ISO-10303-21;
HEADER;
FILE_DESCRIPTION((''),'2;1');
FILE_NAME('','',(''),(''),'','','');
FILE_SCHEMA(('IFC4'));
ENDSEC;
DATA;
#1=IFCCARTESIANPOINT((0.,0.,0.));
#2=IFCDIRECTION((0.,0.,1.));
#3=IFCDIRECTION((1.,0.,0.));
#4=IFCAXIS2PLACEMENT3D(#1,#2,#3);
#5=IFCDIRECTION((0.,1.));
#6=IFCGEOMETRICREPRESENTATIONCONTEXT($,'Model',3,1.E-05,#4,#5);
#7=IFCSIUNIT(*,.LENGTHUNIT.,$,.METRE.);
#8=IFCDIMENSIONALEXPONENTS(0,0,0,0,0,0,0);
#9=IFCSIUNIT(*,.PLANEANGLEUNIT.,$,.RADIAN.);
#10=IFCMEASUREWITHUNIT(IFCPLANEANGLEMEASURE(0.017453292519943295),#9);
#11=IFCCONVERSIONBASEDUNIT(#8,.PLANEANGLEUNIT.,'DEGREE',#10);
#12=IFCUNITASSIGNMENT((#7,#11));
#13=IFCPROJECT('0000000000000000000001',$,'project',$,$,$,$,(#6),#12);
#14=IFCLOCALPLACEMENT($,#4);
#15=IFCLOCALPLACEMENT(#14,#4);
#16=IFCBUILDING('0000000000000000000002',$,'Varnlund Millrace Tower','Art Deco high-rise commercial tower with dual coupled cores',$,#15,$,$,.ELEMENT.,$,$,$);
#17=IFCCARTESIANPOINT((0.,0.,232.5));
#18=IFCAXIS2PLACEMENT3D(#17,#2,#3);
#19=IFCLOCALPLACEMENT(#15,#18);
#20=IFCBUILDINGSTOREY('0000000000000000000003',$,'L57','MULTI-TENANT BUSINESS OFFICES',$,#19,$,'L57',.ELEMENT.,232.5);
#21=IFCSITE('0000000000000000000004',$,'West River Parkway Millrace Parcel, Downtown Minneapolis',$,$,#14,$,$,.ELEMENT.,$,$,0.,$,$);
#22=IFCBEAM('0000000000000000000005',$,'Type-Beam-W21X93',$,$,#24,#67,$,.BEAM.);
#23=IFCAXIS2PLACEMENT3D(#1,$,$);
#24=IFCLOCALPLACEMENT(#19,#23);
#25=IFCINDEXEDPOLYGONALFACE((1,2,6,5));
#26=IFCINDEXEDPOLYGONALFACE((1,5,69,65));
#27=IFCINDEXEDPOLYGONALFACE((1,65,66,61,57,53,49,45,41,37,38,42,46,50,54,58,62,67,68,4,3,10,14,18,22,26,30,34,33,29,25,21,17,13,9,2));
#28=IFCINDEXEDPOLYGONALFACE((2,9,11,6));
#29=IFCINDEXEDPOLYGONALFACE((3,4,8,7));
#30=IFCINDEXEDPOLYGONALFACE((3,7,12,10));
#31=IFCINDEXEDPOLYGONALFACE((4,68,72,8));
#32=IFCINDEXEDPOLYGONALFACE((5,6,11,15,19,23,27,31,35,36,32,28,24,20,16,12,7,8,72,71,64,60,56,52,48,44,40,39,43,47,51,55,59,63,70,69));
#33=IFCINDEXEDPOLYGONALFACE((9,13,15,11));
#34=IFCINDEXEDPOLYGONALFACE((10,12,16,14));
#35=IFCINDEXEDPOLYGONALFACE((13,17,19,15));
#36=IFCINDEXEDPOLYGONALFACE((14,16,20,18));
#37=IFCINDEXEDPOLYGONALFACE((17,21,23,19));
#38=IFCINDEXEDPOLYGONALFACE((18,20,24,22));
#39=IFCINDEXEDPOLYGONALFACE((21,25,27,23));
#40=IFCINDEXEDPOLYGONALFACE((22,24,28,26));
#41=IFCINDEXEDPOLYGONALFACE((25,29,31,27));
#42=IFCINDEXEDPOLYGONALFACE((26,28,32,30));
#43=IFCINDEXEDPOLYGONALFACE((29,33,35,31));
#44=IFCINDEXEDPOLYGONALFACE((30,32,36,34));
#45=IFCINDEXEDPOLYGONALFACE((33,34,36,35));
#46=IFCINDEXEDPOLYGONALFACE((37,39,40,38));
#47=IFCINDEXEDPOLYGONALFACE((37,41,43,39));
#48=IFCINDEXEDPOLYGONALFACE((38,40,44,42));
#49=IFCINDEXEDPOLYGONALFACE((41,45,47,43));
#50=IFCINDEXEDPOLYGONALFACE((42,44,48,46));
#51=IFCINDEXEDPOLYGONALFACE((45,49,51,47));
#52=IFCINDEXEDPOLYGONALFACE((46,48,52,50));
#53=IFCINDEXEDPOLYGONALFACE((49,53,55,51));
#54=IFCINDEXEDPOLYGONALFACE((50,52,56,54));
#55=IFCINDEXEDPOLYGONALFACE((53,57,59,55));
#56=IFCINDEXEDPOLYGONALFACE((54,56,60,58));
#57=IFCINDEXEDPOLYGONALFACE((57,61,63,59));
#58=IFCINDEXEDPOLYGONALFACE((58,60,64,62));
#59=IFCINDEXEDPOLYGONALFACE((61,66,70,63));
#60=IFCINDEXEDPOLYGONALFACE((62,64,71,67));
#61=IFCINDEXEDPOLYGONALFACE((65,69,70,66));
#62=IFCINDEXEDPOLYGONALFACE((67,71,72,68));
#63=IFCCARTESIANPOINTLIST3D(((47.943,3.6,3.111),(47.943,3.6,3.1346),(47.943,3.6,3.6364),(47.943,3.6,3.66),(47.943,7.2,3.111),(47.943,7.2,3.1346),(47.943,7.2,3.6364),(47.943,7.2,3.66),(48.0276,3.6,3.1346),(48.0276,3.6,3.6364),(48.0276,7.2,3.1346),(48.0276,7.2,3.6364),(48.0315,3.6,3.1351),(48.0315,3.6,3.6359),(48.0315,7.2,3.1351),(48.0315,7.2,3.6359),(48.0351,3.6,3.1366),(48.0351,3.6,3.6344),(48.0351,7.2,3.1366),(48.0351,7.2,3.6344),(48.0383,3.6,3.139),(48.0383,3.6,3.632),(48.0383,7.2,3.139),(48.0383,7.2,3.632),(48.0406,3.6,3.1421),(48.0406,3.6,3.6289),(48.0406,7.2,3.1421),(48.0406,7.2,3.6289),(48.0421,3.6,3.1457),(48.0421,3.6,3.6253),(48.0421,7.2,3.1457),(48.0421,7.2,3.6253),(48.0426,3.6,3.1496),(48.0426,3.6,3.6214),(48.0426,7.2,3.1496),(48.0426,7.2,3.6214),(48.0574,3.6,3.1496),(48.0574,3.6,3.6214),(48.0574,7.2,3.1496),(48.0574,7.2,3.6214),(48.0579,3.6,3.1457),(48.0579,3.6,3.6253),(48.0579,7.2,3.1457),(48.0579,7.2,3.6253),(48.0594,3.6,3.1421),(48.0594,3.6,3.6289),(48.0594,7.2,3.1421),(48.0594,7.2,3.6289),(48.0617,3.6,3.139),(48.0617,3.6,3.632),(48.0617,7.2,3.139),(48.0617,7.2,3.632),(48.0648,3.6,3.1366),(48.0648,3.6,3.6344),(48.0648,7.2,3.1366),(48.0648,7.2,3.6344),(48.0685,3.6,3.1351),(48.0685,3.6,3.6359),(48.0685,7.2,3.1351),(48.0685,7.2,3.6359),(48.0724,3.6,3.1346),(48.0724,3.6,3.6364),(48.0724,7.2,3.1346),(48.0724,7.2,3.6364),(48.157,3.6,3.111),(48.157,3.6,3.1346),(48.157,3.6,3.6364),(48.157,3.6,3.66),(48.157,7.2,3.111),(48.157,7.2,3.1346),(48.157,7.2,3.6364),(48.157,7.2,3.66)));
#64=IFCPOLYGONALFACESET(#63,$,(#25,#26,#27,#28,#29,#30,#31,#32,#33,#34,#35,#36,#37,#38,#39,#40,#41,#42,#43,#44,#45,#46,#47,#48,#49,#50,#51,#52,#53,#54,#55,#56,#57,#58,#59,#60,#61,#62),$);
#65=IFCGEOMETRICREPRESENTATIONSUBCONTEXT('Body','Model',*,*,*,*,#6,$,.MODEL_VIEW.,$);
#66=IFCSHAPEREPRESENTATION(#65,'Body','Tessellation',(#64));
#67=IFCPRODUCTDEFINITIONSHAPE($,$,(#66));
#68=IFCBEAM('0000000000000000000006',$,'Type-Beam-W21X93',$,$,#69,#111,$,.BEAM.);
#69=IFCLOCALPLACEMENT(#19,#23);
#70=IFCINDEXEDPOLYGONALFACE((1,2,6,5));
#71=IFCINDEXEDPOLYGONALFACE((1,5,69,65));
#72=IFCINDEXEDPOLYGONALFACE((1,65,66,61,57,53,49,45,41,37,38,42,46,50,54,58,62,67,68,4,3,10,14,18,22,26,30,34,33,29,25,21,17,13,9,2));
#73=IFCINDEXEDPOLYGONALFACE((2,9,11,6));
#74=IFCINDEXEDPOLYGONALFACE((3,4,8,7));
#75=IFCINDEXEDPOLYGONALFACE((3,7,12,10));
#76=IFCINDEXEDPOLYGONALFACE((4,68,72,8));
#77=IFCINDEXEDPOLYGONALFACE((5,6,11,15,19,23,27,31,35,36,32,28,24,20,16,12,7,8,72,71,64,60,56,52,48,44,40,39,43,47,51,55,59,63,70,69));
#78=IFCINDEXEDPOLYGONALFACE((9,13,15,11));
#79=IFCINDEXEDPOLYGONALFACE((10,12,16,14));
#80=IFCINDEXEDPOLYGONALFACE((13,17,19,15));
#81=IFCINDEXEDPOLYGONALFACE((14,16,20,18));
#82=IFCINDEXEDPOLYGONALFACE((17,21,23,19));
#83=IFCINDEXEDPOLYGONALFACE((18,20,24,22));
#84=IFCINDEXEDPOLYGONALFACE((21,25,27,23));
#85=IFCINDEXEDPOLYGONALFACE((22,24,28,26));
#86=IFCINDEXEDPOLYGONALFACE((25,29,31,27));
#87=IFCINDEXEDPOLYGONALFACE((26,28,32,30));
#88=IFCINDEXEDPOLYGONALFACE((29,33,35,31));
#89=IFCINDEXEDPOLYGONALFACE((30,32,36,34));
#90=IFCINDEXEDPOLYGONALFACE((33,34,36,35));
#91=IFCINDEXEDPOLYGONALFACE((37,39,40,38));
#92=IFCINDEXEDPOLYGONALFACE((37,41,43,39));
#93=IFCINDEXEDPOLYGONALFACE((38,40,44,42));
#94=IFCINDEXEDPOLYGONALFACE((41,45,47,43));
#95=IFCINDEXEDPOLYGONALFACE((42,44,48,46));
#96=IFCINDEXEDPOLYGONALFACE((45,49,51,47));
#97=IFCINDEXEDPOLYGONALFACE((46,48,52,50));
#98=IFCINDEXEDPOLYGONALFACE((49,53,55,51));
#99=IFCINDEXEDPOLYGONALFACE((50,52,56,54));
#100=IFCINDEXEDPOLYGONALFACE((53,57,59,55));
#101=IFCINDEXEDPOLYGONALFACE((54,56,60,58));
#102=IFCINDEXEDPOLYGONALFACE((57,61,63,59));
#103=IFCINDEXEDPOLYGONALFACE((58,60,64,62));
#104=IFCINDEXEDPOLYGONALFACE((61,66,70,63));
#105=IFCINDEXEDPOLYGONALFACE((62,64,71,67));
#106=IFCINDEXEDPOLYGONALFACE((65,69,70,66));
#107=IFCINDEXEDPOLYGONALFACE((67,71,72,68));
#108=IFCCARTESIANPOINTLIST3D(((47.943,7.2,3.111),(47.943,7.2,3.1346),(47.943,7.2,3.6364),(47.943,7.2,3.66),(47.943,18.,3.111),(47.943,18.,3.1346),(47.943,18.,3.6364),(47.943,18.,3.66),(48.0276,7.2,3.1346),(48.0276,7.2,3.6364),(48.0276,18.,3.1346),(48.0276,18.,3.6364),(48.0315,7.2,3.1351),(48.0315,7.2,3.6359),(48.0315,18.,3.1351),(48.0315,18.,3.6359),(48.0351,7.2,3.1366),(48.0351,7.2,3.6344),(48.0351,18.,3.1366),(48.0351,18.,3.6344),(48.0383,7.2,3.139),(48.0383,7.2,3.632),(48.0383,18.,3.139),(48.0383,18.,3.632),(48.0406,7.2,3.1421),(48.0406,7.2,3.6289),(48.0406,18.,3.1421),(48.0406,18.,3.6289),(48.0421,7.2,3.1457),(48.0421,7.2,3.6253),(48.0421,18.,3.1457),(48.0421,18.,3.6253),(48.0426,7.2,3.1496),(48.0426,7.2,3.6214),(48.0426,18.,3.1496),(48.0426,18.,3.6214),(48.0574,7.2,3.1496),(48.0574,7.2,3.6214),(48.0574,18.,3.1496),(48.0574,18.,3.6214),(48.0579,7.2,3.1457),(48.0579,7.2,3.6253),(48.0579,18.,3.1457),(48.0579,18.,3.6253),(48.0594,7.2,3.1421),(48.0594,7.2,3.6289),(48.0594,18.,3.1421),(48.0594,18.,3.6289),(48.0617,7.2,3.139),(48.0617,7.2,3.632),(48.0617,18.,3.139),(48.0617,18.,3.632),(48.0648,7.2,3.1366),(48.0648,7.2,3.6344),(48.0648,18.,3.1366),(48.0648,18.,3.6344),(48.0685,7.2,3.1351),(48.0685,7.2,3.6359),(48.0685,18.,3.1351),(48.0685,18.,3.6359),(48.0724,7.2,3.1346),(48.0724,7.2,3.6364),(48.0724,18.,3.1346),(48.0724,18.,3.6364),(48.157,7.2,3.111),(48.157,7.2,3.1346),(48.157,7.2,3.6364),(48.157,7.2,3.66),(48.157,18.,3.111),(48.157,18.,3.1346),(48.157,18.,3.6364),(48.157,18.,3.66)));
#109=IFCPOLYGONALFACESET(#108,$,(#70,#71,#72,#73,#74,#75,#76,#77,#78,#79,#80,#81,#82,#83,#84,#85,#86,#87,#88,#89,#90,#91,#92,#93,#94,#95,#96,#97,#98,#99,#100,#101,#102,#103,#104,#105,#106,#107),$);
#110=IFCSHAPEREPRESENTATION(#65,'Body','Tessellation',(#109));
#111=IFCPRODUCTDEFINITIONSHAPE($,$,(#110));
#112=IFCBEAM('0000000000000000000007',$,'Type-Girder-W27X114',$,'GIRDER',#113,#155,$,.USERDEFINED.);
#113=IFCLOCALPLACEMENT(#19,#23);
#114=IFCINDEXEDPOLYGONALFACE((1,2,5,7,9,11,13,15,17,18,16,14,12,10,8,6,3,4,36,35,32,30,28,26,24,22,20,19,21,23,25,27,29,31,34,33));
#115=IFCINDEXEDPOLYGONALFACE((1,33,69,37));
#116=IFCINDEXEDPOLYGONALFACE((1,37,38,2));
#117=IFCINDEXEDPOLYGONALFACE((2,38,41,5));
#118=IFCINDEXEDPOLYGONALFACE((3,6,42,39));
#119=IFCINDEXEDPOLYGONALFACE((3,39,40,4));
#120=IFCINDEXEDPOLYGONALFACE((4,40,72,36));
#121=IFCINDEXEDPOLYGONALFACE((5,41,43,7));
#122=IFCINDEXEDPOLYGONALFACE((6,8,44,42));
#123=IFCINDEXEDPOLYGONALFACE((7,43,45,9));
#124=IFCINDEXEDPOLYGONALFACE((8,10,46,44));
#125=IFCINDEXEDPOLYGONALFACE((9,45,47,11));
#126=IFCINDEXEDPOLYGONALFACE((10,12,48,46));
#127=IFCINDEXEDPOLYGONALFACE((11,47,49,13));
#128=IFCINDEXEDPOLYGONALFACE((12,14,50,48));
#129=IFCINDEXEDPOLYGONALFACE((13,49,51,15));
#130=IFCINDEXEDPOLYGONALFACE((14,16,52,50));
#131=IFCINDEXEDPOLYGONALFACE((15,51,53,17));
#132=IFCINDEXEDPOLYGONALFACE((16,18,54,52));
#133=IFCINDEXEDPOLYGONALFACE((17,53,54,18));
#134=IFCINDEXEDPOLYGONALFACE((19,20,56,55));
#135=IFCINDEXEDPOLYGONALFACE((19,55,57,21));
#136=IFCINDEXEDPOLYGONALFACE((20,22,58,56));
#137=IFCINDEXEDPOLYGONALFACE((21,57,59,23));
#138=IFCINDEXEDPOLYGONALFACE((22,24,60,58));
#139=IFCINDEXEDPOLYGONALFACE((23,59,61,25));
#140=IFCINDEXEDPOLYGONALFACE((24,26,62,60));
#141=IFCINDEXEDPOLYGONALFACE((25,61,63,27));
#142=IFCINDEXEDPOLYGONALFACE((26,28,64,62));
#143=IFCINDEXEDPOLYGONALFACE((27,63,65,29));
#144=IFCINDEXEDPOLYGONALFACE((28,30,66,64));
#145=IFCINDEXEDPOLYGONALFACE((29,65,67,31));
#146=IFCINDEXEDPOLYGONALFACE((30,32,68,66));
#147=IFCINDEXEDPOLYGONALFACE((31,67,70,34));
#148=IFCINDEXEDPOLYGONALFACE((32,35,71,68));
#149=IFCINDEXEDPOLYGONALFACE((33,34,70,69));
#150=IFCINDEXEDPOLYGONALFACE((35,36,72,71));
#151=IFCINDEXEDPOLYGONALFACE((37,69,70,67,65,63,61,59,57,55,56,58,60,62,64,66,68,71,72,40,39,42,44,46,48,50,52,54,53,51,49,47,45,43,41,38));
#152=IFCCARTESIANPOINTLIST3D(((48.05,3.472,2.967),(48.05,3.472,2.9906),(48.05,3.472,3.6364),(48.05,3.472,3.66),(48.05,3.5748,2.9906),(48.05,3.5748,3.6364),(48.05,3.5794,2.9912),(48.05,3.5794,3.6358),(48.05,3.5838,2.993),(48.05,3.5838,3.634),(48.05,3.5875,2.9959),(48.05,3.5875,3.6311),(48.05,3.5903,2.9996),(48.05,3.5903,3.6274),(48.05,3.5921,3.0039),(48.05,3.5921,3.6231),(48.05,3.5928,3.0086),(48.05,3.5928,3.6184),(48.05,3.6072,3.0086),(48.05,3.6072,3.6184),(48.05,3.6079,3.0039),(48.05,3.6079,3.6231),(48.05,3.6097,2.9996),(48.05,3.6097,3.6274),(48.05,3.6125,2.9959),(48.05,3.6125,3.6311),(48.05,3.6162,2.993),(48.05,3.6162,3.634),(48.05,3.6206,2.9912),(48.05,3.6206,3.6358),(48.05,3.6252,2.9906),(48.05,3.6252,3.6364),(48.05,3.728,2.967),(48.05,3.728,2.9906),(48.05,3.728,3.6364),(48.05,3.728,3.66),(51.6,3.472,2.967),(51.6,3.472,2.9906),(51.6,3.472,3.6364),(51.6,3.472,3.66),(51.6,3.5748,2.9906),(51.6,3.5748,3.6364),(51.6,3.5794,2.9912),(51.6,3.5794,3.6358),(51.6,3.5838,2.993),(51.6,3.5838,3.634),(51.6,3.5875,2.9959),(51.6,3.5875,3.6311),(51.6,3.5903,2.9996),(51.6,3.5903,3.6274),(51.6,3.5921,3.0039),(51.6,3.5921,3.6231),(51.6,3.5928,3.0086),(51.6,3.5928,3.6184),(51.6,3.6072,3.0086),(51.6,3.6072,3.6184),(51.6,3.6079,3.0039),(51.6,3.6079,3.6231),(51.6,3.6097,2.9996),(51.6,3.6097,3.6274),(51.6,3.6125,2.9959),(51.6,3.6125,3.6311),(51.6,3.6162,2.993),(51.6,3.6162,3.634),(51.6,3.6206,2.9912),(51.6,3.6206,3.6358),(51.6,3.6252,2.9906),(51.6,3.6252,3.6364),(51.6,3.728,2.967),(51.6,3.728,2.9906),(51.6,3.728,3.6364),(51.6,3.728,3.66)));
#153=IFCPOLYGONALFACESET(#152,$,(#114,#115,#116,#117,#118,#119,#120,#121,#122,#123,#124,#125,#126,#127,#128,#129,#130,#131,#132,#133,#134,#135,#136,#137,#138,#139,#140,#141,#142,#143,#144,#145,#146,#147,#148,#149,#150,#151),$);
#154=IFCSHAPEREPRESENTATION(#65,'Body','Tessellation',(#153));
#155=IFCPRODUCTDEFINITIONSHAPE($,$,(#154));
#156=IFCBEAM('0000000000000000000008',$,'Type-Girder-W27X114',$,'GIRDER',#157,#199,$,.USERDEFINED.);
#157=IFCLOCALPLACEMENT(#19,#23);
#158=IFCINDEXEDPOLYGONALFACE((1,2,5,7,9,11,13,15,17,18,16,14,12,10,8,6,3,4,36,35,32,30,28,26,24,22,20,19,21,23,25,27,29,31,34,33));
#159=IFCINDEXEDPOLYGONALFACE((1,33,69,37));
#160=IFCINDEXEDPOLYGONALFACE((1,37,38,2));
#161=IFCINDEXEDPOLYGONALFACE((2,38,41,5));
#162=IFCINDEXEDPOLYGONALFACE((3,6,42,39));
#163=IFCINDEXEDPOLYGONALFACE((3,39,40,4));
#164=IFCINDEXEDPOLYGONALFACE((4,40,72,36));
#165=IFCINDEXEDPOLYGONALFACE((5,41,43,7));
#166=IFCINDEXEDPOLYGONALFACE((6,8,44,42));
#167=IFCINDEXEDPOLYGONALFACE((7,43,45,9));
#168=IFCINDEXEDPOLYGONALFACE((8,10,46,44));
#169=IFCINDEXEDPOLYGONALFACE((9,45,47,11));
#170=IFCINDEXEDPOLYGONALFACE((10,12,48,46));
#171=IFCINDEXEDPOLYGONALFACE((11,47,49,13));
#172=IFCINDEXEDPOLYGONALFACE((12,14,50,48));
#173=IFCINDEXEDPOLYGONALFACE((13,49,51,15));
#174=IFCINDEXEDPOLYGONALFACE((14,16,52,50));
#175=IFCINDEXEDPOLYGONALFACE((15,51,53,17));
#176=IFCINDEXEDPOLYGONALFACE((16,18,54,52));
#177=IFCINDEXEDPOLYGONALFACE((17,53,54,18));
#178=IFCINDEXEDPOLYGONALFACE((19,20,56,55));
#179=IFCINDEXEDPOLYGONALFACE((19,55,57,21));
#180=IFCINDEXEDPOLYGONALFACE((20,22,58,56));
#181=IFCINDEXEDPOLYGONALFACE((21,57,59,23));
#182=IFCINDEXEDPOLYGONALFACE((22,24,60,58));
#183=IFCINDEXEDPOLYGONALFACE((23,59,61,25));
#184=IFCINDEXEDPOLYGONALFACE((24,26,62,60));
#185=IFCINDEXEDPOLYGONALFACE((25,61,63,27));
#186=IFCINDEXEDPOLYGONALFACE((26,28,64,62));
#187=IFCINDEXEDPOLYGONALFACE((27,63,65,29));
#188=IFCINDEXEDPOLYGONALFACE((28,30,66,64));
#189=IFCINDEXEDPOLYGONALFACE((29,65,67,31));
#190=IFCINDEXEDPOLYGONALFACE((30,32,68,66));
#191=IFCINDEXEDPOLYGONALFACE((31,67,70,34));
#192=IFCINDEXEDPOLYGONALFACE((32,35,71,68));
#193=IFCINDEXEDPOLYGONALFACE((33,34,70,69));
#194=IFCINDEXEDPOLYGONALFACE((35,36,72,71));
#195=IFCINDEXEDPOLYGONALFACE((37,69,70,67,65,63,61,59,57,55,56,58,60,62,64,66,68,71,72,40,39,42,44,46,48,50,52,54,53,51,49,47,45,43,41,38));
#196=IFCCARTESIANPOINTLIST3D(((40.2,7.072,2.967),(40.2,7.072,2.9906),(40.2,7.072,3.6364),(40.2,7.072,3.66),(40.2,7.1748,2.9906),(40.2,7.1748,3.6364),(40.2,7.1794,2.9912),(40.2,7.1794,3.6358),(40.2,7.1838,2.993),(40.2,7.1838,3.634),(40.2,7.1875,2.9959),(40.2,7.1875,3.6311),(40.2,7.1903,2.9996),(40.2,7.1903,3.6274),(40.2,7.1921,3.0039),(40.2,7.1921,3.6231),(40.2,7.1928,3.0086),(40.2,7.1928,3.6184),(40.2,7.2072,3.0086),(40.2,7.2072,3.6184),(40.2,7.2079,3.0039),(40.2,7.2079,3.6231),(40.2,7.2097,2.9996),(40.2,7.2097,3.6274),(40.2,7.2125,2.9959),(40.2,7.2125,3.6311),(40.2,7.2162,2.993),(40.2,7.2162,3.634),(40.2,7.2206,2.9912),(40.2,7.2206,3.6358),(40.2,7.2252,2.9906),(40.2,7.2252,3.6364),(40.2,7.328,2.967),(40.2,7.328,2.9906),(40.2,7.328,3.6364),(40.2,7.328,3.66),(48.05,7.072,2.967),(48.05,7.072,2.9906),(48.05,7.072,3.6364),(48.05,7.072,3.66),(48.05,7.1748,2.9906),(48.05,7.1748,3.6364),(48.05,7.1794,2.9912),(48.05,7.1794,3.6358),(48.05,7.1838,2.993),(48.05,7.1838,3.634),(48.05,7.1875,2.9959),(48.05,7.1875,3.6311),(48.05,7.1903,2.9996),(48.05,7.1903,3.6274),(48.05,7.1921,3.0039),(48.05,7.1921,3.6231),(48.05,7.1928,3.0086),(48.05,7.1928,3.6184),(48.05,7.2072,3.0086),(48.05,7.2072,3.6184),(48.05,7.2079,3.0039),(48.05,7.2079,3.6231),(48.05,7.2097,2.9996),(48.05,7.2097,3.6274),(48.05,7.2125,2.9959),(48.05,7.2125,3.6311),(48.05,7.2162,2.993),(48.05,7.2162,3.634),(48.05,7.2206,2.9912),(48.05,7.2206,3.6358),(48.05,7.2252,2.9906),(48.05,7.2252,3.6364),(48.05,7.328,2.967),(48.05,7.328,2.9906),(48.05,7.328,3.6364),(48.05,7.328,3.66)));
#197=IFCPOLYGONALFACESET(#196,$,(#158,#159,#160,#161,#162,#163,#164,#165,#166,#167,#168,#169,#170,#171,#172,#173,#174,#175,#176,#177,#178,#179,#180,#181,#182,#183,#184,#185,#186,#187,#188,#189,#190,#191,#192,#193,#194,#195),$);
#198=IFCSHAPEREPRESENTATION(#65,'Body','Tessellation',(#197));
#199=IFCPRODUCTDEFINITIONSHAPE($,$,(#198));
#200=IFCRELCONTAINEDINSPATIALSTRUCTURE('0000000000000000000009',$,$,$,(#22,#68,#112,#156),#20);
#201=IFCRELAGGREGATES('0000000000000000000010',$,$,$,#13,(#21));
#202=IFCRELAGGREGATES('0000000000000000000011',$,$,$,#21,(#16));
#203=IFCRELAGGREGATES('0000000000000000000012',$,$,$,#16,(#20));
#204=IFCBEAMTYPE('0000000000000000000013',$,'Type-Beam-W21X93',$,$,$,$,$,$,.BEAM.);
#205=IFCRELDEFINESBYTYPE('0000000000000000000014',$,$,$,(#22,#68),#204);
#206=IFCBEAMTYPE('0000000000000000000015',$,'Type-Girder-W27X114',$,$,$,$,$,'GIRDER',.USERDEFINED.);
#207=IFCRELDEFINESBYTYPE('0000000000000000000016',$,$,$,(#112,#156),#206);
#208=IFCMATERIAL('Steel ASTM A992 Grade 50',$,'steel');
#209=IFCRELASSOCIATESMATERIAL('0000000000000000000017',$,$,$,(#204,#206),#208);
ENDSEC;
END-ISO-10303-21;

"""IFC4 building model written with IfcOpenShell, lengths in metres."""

from ifc_helpers import new_model, entity, si_unit, converted_unit, direction, frame, origin_with_axes, origin_2d_with_axis, place, context, subcontext, project, spatial, i_section, extrude, material, material_profile, profile_set, type_object, element, save


model = new_model("IFC4")

# Units and contexts
model_context = context("Model", 3, precision=1e-05, world=origin_with_axes(), true_north=direction((0.0, 1.0)))
body_context = subcontext(model_context, "Body", "Model", "MODEL_VIEW")
ifc_project = project(units=[si_unit("LENGTHUNIT", "METRE"), converted_unit("PLANEANGLEUNIT", "DEGREE", entity("IfcPlaneAngleMeasure", 0.017453292519943295), si_unit("PLANEANGLEUNIT", "RADIAN"), dimensions=[0, 0, 0, 0, 0, 0, 0])], contexts=[model_context])

# Site, building, storey
site_placement = place(None, origin_with_axes())
site = spatial("IfcSite", under=ifc_project, at=site_placement, Name="West River Parkway Millrace Parcel, Downtown Minneapolis", CompositionType="ELEMENT", RefElevation=0.0)
building_placement = place(site_placement, origin_with_axes())
building = spatial("IfcBuilding", under=site, at=building_placement, Name="Varnlund Millrace Tower", Description="Art Deco high-rise commercial tower with dual coupled cores", CompositionType="ELEMENT")
storey_placement = place(building_placement, frame((0.0, 0.0, 232.5), z_axis=(0.0, 0.0, 1.0), x_axis=(1.0, 0.0, 0.0)))
storey = spatial("IfcBuildingStorey", under=building, at=storey_placement, Name="L57", Description="MULTI-TENANT BUSINESS OFFICES", LongName="L57", CompositionType="ELEMENT", Elevation=232.5)

# Beams
ifc_material_1 = material(Name="Steel ASTM A992 Grade 50", Category="steel")
ifc_material_profile_1 = material_profile(ifc_material_1, i_section(OverallWidth=0.214, OverallDepth=0.549, WebThickness=0.0147, FlangeThickness=0.0236, FilletRadius=0.015, at=origin_2d_with_axis()), Name="Steel ASTM A992 Grade 50")
ifc_profile_set_1 = profile_set([ifc_material_profile_1], Name="Steel ASTM A992 Grade 50")
beam_type_1 = type_object("IfcBeamType", Name="Type-Beam-W21X93", PredefinedType="BEAM", material=ifc_profile_set_1)
beam_1_placement = place(storey_placement, frame((48.05, 3.6, 3.3855), z_axis=(0.0, 1.0, 0.0), x_axis=(-1.0, 0.0, 0.0)))
element("IfcBeam", 1, at=beam_1_placement, inside=storey, type_object=beam_type_1, Name="Type-Beam-W21X93", PredefinedType="BEAM", context=body_context, shape_type="SweptSolid", body=[
    extrude(i_section(OverallWidth=0.214, OverallDepth=0.549, WebThickness=0.0147, FlangeThickness=0.0236, FilletRadius=0.015, at=origin_2d_with_axis()), origin_with_axes(), (0.0, 0.0, 1.0), 3.6),
])
beam_2_placement = place(storey_placement, frame((48.05, 7.2, 3.3855), z_axis=(0.0, 1.0, 0.0), x_axis=(-1.0, 0.0, 0.0)))
element("IfcBeam", 2, at=beam_2_placement, inside=storey, type_object=beam_type_1, Name="Type-Beam-W21X93", PredefinedType="BEAM", context=body_context, shape_type="SweptSolid", body=[
    extrude(i_section(OverallWidth=0.214, OverallDepth=0.549, WebThickness=0.0147, FlangeThickness=0.0236, FilletRadius=0.015, at=origin_2d_with_axis()), origin_with_axes(), (0.0, 0.0, 1.0), 10.8),
])
ifc_material_profile_2 = material_profile(ifc_material_1, i_section(OverallWidth=0.256, OverallDepth=0.693, WebThickness=0.0145, FlangeThickness=0.0236, FilletRadius=0.018, at=origin_2d_with_axis()), Name="Steel ASTM A992 Grade 50")
ifc_profile_set_2 = profile_set([ifc_material_profile_2], Name="Steel ASTM A992 Grade 50")
beam_type_2 = type_object("IfcBeamType", Name="Type-Girder-W27X114", ElementType="GIRDER", PredefinedType="USERDEFINED", material=ifc_profile_set_2)
beam_3_placement = place(storey_placement, frame((48.05, 3.6, 3.3135), z_axis=(1.0, 0.0, 0.0), x_axis=(0.0, 1.0, 0.0)))
element("IfcBeam", 3, at=beam_3_placement, inside=storey, type_object=beam_type_2, Name="Type-Girder-W27X114", ObjectType="GIRDER", PredefinedType="USERDEFINED", context=body_context, shape_type="SweptSolid", body=[
    extrude(i_section(OverallWidth=0.256, OverallDepth=0.693, WebThickness=0.0145, FlangeThickness=0.0236, FilletRadius=0.018, at=origin_2d_with_axis()), origin_with_axes(), (0.0, 0.0, 1.0), 3.55),
])
beam_4_placement = place(storey_placement, frame((40.2, 7.2, 3.3135), z_axis=(1.0, 0.0, 0.0), x_axis=(0.0, 1.0, 0.0)))
element("IfcBeam", 4, at=beam_4_placement, inside=storey, type_object=beam_type_2, Name="Type-Girder-W27X114", ObjectType="GIRDER", PredefinedType="USERDEFINED", context=body_context, shape_type="SweptSolid", body=[
    extrude(i_section(OverallWidth=0.256, OverallDepth=0.693, WebThickness=0.0145, FlangeThickness=0.0236, FilletRadius=0.018, at=origin_2d_with_axis()), origin_with_axes(), (0.0, 0.0, 1.0), 7.85),
])

save(model, "model.ifc")
